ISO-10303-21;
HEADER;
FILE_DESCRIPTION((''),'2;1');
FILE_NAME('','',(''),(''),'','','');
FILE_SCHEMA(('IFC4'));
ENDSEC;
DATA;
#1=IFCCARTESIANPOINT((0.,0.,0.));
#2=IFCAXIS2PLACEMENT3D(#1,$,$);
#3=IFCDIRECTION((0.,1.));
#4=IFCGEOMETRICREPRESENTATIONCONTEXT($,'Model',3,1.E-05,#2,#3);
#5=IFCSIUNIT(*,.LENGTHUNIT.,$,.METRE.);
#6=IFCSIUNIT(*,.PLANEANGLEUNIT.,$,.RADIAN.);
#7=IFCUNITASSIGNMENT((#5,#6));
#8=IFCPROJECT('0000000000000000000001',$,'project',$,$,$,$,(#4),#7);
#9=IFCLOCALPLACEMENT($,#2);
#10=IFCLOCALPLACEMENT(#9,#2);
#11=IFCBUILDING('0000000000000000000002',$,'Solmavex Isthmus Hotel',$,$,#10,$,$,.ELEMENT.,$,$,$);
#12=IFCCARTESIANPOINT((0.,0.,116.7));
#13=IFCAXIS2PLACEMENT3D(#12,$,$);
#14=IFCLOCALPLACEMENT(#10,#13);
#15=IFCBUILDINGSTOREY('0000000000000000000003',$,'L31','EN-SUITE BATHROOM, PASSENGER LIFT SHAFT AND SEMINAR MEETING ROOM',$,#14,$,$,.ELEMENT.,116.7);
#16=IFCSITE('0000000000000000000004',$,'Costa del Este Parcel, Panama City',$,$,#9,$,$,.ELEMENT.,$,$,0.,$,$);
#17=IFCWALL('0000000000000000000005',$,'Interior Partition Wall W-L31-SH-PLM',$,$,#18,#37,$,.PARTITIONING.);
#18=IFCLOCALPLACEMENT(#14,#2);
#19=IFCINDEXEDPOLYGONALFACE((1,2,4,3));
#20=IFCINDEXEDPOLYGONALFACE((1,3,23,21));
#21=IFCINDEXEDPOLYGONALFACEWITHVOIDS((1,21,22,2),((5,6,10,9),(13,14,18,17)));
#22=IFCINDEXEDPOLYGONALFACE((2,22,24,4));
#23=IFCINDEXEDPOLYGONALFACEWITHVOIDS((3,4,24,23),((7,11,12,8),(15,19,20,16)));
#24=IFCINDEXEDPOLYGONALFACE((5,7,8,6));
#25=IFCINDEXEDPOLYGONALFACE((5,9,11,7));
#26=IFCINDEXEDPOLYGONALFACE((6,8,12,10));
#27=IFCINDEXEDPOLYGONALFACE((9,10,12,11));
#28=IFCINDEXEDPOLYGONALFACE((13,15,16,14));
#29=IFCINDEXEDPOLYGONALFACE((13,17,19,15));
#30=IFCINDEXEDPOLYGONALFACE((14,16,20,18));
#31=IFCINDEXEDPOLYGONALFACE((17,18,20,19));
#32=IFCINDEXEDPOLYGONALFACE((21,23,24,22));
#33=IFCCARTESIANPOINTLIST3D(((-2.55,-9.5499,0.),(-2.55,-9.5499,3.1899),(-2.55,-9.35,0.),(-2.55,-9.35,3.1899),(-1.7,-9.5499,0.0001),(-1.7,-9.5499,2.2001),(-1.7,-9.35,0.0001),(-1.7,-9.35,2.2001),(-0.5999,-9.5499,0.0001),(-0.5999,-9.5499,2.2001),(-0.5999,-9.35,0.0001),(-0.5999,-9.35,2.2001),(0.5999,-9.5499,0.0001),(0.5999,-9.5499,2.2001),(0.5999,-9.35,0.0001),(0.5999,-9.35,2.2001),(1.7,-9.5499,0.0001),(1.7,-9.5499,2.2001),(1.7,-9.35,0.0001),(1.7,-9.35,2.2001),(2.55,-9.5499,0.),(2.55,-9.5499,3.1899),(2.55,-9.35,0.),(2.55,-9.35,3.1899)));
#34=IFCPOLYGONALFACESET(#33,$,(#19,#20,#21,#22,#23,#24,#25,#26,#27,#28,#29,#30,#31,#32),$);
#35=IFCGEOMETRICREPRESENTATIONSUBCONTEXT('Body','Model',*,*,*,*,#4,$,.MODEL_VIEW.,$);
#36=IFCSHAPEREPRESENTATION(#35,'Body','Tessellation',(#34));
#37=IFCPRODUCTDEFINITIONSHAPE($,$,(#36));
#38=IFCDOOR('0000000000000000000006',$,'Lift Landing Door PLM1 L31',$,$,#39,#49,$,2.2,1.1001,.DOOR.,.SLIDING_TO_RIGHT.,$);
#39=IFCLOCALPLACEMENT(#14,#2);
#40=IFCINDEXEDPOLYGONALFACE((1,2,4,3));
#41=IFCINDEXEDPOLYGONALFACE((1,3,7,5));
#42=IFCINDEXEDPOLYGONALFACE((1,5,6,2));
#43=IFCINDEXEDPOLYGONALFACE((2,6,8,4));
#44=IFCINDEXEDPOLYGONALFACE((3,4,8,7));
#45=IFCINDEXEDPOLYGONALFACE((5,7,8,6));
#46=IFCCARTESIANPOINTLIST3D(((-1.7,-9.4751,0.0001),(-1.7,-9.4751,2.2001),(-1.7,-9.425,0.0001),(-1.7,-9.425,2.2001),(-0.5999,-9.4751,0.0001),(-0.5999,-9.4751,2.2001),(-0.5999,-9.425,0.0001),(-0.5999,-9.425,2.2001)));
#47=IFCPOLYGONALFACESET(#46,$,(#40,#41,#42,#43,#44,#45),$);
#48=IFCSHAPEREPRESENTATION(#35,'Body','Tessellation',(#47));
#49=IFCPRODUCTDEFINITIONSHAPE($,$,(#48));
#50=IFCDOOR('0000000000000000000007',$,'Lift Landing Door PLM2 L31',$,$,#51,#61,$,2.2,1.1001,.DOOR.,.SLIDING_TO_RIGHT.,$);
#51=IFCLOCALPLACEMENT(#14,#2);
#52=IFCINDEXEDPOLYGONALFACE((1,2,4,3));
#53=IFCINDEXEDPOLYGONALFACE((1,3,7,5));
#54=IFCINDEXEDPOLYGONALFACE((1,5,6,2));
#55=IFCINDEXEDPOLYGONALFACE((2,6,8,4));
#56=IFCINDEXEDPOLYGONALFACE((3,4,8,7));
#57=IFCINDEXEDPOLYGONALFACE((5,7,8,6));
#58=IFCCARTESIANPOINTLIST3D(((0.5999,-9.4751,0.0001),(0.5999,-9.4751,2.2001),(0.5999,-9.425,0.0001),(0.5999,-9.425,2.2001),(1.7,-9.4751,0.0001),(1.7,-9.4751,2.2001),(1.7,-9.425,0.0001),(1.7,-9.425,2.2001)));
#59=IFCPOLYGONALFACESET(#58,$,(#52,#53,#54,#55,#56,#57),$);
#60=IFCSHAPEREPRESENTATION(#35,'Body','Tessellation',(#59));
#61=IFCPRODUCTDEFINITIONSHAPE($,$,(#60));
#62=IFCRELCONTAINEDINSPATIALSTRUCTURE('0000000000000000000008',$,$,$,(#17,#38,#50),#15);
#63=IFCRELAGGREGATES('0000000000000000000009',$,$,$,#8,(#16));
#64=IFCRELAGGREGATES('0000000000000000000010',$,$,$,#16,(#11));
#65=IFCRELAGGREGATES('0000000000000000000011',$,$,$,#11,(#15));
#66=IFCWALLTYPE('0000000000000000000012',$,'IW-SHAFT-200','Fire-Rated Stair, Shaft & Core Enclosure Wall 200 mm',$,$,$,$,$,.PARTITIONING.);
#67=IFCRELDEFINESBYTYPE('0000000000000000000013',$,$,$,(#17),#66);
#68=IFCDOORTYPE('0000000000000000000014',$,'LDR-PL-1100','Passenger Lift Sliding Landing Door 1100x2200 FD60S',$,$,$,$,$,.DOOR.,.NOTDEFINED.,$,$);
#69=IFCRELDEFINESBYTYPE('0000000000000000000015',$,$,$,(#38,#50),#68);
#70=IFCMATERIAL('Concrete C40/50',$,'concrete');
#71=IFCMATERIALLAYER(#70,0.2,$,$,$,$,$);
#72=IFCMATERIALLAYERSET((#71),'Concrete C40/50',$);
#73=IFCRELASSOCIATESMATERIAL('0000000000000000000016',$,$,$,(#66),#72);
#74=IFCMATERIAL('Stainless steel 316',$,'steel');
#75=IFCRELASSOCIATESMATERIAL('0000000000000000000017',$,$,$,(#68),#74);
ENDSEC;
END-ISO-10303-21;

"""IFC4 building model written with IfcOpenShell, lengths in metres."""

from ifc_helpers import new_model, si_unit, direction, frame, frame_2d, origin, place, context, subcontext, project, spatial, rectangle, extrude, material, layer, layer_set, type_object, element, fill, save


model = new_model("IFC4")

# Units and contexts
model_context = context("Model", 3, precision=1e-05, world=origin(), true_north=direction((0.0, 1.0)))
body_context = subcontext(model_context, "Body", "Model", "MODEL_VIEW")
ifc_project = project(units=[si_unit("LENGTHUNIT", "METRE"), si_unit("PLANEANGLEUNIT", "RADIAN")], contexts=[model_context])

# Site, building, storey
site_placement = place(None, origin())
site = spatial("IfcSite", under=ifc_project, at=site_placement, Name="Costa del Este Parcel, Panama City", CompositionType="ELEMENT", RefElevation=0.0)
building_placement = place(site_placement, origin())
building = spatial("IfcBuilding", under=site, at=building_placement, Name="Solmavex Isthmus Hotel", CompositionType="ELEMENT")
storey_placement = place(building_placement, frame((0.0, 0.0, 116.7)))
storey = spatial("IfcBuildingStorey", under=building, at=storey_placement, Name="L31", Description="EN-SUITE BATHROOM, PASSENGER LIFT SHAFT AND SEMINAR MEETING ROOM", CompositionType="ELEMENT", Elevation=116.7)

# Shared definitions
ifc_material_1 = material(Name="Concrete C40/50", Category="concrete")
ifc_layer_1 = layer(ifc_material_1, 0.2)
ifc_layer_set_1 = layer_set([ifc_layer_1], Name="Concrete C40/50")
wall_type_1 = type_object("IfcWallType", Name="IW-SHAFT-200", Description="Fire-Rated Stair, Shaft & Core Enclosure Wall 200 mm", PredefinedType="PARTITIONING", material=ifc_layer_set_1)

# Wall, openings, doors
ifc_material_2 = material(Name="Stainless steel 316", Category="steel")
wall_1_placement = place(storey_placement, frame((-2.55, -9.45, 0.0), z_axis=(0.0, 0.0, 1.0), x_axis=(1.0, 0.0, 0.0)))
wall_1 = element("IfcWall", 1, at=wall_1_placement, inside=storey, type_object=wall_type_1, Name="Interior Partition Wall W-L31-SH-PLM", PredefinedType="PARTITIONING", context=body_context, shape_type="SweptSolid", body=[
    extrude(rectangle(XDim=5.1001, YDim=0.2, at=frame_2d((2.55, 0.0))), origin(), (0.0, 0.0, 1.0), 3.1899),
])
opening_1_placement = place(wall_1_placement, frame((0.8501, 0.0, 0.0)))
opening_1 = element("IfcOpeningElement", 2, at=opening_1_placement, cuts=wall_1, PredefinedType="OPENING", context=body_context, shape_type="SweptSolid", body=[
    extrude(rectangle(XDim=1.1001, YDim=2.2, at=frame_2d((0.55, 1.1001))), frame((0.0, 0.1099, 0.0), z_axis=(0.0, -1.0, 0.0), x_axis=(1.0, 0.0, 0.0)), (0.0, 0.0, 1.0), 0.22),
])
opening_2_placement = place(wall_1_placement, frame((3.1499, 0.0, 0.0)))
opening_2 = element("IfcOpeningElement", 3, at=opening_2_placement, cuts=wall_1, PredefinedType="OPENING", context=body_context, shape_type="SweptSolid", body=[
    extrude(rectangle(XDim=1.1001, YDim=2.2, at=frame_2d((0.55, 1.1001))), frame((0.0, 0.1099, 0.0), z_axis=(0.0, -1.0, 0.0), x_axis=(1.0, 0.0, 0.0)), (0.0, 0.0, 1.0), 0.22),
])
door_type_1 = type_object("IfcDoorType", Name="LDR-PL-1100", Description="Passenger Lift Sliding Landing Door 1100x2200 FD60S", OperationType="NOTDEFINED", PredefinedType="DOOR", material=ifc_material_2)
door_1_placement = place(opening_1_placement, origin())
door_1 = element("IfcDoor", 4, at=door_1_placement, inside=storey, type_object=door_type_1, Name="Lift Landing Door PLM1 L31", OperationType="SLIDING_TO_RIGHT", OverallHeight=2.2, OverallWidth=1.1001, PredefinedType="DOOR", context=body_context, shape_type="SweptSolid", body=[
    extrude(rectangle(XDim=1.1001, YDim=2.2, at=frame_2d((0.55, 1.1001))), frame((0.0, 0.0249, 0.0), z_axis=(0.0, -1.0, 0.0), x_axis=(1.0, 0.0, 0.0)), (0.0, 0.0, 1.0), 0.05),
])
fill(opening_1, door_1)
door_2_placement = place(opening_2_placement, origin())
door_2 = element("IfcDoor", 5, at=door_2_placement, inside=storey, type_object=door_type_1, Name="Lift Landing Door PLM2 L31", OperationType="SLIDING_TO_RIGHT", OverallHeight=2.2, OverallWidth=1.1001, PredefinedType="DOOR", context=body_context, shape_type="SweptSolid", body=[
    extrude(rectangle(XDim=1.1001, YDim=2.2, at=frame_2d((0.55, 1.1001))), frame((0.0, 0.0249, 0.0), z_axis=(0.0, -1.0, 0.0), x_axis=(1.0, 0.0, 0.0)), (0.0, 0.0, 1.0), 0.05),
])
fill(opening_2, door_2)

save(model, "model.ifc")
